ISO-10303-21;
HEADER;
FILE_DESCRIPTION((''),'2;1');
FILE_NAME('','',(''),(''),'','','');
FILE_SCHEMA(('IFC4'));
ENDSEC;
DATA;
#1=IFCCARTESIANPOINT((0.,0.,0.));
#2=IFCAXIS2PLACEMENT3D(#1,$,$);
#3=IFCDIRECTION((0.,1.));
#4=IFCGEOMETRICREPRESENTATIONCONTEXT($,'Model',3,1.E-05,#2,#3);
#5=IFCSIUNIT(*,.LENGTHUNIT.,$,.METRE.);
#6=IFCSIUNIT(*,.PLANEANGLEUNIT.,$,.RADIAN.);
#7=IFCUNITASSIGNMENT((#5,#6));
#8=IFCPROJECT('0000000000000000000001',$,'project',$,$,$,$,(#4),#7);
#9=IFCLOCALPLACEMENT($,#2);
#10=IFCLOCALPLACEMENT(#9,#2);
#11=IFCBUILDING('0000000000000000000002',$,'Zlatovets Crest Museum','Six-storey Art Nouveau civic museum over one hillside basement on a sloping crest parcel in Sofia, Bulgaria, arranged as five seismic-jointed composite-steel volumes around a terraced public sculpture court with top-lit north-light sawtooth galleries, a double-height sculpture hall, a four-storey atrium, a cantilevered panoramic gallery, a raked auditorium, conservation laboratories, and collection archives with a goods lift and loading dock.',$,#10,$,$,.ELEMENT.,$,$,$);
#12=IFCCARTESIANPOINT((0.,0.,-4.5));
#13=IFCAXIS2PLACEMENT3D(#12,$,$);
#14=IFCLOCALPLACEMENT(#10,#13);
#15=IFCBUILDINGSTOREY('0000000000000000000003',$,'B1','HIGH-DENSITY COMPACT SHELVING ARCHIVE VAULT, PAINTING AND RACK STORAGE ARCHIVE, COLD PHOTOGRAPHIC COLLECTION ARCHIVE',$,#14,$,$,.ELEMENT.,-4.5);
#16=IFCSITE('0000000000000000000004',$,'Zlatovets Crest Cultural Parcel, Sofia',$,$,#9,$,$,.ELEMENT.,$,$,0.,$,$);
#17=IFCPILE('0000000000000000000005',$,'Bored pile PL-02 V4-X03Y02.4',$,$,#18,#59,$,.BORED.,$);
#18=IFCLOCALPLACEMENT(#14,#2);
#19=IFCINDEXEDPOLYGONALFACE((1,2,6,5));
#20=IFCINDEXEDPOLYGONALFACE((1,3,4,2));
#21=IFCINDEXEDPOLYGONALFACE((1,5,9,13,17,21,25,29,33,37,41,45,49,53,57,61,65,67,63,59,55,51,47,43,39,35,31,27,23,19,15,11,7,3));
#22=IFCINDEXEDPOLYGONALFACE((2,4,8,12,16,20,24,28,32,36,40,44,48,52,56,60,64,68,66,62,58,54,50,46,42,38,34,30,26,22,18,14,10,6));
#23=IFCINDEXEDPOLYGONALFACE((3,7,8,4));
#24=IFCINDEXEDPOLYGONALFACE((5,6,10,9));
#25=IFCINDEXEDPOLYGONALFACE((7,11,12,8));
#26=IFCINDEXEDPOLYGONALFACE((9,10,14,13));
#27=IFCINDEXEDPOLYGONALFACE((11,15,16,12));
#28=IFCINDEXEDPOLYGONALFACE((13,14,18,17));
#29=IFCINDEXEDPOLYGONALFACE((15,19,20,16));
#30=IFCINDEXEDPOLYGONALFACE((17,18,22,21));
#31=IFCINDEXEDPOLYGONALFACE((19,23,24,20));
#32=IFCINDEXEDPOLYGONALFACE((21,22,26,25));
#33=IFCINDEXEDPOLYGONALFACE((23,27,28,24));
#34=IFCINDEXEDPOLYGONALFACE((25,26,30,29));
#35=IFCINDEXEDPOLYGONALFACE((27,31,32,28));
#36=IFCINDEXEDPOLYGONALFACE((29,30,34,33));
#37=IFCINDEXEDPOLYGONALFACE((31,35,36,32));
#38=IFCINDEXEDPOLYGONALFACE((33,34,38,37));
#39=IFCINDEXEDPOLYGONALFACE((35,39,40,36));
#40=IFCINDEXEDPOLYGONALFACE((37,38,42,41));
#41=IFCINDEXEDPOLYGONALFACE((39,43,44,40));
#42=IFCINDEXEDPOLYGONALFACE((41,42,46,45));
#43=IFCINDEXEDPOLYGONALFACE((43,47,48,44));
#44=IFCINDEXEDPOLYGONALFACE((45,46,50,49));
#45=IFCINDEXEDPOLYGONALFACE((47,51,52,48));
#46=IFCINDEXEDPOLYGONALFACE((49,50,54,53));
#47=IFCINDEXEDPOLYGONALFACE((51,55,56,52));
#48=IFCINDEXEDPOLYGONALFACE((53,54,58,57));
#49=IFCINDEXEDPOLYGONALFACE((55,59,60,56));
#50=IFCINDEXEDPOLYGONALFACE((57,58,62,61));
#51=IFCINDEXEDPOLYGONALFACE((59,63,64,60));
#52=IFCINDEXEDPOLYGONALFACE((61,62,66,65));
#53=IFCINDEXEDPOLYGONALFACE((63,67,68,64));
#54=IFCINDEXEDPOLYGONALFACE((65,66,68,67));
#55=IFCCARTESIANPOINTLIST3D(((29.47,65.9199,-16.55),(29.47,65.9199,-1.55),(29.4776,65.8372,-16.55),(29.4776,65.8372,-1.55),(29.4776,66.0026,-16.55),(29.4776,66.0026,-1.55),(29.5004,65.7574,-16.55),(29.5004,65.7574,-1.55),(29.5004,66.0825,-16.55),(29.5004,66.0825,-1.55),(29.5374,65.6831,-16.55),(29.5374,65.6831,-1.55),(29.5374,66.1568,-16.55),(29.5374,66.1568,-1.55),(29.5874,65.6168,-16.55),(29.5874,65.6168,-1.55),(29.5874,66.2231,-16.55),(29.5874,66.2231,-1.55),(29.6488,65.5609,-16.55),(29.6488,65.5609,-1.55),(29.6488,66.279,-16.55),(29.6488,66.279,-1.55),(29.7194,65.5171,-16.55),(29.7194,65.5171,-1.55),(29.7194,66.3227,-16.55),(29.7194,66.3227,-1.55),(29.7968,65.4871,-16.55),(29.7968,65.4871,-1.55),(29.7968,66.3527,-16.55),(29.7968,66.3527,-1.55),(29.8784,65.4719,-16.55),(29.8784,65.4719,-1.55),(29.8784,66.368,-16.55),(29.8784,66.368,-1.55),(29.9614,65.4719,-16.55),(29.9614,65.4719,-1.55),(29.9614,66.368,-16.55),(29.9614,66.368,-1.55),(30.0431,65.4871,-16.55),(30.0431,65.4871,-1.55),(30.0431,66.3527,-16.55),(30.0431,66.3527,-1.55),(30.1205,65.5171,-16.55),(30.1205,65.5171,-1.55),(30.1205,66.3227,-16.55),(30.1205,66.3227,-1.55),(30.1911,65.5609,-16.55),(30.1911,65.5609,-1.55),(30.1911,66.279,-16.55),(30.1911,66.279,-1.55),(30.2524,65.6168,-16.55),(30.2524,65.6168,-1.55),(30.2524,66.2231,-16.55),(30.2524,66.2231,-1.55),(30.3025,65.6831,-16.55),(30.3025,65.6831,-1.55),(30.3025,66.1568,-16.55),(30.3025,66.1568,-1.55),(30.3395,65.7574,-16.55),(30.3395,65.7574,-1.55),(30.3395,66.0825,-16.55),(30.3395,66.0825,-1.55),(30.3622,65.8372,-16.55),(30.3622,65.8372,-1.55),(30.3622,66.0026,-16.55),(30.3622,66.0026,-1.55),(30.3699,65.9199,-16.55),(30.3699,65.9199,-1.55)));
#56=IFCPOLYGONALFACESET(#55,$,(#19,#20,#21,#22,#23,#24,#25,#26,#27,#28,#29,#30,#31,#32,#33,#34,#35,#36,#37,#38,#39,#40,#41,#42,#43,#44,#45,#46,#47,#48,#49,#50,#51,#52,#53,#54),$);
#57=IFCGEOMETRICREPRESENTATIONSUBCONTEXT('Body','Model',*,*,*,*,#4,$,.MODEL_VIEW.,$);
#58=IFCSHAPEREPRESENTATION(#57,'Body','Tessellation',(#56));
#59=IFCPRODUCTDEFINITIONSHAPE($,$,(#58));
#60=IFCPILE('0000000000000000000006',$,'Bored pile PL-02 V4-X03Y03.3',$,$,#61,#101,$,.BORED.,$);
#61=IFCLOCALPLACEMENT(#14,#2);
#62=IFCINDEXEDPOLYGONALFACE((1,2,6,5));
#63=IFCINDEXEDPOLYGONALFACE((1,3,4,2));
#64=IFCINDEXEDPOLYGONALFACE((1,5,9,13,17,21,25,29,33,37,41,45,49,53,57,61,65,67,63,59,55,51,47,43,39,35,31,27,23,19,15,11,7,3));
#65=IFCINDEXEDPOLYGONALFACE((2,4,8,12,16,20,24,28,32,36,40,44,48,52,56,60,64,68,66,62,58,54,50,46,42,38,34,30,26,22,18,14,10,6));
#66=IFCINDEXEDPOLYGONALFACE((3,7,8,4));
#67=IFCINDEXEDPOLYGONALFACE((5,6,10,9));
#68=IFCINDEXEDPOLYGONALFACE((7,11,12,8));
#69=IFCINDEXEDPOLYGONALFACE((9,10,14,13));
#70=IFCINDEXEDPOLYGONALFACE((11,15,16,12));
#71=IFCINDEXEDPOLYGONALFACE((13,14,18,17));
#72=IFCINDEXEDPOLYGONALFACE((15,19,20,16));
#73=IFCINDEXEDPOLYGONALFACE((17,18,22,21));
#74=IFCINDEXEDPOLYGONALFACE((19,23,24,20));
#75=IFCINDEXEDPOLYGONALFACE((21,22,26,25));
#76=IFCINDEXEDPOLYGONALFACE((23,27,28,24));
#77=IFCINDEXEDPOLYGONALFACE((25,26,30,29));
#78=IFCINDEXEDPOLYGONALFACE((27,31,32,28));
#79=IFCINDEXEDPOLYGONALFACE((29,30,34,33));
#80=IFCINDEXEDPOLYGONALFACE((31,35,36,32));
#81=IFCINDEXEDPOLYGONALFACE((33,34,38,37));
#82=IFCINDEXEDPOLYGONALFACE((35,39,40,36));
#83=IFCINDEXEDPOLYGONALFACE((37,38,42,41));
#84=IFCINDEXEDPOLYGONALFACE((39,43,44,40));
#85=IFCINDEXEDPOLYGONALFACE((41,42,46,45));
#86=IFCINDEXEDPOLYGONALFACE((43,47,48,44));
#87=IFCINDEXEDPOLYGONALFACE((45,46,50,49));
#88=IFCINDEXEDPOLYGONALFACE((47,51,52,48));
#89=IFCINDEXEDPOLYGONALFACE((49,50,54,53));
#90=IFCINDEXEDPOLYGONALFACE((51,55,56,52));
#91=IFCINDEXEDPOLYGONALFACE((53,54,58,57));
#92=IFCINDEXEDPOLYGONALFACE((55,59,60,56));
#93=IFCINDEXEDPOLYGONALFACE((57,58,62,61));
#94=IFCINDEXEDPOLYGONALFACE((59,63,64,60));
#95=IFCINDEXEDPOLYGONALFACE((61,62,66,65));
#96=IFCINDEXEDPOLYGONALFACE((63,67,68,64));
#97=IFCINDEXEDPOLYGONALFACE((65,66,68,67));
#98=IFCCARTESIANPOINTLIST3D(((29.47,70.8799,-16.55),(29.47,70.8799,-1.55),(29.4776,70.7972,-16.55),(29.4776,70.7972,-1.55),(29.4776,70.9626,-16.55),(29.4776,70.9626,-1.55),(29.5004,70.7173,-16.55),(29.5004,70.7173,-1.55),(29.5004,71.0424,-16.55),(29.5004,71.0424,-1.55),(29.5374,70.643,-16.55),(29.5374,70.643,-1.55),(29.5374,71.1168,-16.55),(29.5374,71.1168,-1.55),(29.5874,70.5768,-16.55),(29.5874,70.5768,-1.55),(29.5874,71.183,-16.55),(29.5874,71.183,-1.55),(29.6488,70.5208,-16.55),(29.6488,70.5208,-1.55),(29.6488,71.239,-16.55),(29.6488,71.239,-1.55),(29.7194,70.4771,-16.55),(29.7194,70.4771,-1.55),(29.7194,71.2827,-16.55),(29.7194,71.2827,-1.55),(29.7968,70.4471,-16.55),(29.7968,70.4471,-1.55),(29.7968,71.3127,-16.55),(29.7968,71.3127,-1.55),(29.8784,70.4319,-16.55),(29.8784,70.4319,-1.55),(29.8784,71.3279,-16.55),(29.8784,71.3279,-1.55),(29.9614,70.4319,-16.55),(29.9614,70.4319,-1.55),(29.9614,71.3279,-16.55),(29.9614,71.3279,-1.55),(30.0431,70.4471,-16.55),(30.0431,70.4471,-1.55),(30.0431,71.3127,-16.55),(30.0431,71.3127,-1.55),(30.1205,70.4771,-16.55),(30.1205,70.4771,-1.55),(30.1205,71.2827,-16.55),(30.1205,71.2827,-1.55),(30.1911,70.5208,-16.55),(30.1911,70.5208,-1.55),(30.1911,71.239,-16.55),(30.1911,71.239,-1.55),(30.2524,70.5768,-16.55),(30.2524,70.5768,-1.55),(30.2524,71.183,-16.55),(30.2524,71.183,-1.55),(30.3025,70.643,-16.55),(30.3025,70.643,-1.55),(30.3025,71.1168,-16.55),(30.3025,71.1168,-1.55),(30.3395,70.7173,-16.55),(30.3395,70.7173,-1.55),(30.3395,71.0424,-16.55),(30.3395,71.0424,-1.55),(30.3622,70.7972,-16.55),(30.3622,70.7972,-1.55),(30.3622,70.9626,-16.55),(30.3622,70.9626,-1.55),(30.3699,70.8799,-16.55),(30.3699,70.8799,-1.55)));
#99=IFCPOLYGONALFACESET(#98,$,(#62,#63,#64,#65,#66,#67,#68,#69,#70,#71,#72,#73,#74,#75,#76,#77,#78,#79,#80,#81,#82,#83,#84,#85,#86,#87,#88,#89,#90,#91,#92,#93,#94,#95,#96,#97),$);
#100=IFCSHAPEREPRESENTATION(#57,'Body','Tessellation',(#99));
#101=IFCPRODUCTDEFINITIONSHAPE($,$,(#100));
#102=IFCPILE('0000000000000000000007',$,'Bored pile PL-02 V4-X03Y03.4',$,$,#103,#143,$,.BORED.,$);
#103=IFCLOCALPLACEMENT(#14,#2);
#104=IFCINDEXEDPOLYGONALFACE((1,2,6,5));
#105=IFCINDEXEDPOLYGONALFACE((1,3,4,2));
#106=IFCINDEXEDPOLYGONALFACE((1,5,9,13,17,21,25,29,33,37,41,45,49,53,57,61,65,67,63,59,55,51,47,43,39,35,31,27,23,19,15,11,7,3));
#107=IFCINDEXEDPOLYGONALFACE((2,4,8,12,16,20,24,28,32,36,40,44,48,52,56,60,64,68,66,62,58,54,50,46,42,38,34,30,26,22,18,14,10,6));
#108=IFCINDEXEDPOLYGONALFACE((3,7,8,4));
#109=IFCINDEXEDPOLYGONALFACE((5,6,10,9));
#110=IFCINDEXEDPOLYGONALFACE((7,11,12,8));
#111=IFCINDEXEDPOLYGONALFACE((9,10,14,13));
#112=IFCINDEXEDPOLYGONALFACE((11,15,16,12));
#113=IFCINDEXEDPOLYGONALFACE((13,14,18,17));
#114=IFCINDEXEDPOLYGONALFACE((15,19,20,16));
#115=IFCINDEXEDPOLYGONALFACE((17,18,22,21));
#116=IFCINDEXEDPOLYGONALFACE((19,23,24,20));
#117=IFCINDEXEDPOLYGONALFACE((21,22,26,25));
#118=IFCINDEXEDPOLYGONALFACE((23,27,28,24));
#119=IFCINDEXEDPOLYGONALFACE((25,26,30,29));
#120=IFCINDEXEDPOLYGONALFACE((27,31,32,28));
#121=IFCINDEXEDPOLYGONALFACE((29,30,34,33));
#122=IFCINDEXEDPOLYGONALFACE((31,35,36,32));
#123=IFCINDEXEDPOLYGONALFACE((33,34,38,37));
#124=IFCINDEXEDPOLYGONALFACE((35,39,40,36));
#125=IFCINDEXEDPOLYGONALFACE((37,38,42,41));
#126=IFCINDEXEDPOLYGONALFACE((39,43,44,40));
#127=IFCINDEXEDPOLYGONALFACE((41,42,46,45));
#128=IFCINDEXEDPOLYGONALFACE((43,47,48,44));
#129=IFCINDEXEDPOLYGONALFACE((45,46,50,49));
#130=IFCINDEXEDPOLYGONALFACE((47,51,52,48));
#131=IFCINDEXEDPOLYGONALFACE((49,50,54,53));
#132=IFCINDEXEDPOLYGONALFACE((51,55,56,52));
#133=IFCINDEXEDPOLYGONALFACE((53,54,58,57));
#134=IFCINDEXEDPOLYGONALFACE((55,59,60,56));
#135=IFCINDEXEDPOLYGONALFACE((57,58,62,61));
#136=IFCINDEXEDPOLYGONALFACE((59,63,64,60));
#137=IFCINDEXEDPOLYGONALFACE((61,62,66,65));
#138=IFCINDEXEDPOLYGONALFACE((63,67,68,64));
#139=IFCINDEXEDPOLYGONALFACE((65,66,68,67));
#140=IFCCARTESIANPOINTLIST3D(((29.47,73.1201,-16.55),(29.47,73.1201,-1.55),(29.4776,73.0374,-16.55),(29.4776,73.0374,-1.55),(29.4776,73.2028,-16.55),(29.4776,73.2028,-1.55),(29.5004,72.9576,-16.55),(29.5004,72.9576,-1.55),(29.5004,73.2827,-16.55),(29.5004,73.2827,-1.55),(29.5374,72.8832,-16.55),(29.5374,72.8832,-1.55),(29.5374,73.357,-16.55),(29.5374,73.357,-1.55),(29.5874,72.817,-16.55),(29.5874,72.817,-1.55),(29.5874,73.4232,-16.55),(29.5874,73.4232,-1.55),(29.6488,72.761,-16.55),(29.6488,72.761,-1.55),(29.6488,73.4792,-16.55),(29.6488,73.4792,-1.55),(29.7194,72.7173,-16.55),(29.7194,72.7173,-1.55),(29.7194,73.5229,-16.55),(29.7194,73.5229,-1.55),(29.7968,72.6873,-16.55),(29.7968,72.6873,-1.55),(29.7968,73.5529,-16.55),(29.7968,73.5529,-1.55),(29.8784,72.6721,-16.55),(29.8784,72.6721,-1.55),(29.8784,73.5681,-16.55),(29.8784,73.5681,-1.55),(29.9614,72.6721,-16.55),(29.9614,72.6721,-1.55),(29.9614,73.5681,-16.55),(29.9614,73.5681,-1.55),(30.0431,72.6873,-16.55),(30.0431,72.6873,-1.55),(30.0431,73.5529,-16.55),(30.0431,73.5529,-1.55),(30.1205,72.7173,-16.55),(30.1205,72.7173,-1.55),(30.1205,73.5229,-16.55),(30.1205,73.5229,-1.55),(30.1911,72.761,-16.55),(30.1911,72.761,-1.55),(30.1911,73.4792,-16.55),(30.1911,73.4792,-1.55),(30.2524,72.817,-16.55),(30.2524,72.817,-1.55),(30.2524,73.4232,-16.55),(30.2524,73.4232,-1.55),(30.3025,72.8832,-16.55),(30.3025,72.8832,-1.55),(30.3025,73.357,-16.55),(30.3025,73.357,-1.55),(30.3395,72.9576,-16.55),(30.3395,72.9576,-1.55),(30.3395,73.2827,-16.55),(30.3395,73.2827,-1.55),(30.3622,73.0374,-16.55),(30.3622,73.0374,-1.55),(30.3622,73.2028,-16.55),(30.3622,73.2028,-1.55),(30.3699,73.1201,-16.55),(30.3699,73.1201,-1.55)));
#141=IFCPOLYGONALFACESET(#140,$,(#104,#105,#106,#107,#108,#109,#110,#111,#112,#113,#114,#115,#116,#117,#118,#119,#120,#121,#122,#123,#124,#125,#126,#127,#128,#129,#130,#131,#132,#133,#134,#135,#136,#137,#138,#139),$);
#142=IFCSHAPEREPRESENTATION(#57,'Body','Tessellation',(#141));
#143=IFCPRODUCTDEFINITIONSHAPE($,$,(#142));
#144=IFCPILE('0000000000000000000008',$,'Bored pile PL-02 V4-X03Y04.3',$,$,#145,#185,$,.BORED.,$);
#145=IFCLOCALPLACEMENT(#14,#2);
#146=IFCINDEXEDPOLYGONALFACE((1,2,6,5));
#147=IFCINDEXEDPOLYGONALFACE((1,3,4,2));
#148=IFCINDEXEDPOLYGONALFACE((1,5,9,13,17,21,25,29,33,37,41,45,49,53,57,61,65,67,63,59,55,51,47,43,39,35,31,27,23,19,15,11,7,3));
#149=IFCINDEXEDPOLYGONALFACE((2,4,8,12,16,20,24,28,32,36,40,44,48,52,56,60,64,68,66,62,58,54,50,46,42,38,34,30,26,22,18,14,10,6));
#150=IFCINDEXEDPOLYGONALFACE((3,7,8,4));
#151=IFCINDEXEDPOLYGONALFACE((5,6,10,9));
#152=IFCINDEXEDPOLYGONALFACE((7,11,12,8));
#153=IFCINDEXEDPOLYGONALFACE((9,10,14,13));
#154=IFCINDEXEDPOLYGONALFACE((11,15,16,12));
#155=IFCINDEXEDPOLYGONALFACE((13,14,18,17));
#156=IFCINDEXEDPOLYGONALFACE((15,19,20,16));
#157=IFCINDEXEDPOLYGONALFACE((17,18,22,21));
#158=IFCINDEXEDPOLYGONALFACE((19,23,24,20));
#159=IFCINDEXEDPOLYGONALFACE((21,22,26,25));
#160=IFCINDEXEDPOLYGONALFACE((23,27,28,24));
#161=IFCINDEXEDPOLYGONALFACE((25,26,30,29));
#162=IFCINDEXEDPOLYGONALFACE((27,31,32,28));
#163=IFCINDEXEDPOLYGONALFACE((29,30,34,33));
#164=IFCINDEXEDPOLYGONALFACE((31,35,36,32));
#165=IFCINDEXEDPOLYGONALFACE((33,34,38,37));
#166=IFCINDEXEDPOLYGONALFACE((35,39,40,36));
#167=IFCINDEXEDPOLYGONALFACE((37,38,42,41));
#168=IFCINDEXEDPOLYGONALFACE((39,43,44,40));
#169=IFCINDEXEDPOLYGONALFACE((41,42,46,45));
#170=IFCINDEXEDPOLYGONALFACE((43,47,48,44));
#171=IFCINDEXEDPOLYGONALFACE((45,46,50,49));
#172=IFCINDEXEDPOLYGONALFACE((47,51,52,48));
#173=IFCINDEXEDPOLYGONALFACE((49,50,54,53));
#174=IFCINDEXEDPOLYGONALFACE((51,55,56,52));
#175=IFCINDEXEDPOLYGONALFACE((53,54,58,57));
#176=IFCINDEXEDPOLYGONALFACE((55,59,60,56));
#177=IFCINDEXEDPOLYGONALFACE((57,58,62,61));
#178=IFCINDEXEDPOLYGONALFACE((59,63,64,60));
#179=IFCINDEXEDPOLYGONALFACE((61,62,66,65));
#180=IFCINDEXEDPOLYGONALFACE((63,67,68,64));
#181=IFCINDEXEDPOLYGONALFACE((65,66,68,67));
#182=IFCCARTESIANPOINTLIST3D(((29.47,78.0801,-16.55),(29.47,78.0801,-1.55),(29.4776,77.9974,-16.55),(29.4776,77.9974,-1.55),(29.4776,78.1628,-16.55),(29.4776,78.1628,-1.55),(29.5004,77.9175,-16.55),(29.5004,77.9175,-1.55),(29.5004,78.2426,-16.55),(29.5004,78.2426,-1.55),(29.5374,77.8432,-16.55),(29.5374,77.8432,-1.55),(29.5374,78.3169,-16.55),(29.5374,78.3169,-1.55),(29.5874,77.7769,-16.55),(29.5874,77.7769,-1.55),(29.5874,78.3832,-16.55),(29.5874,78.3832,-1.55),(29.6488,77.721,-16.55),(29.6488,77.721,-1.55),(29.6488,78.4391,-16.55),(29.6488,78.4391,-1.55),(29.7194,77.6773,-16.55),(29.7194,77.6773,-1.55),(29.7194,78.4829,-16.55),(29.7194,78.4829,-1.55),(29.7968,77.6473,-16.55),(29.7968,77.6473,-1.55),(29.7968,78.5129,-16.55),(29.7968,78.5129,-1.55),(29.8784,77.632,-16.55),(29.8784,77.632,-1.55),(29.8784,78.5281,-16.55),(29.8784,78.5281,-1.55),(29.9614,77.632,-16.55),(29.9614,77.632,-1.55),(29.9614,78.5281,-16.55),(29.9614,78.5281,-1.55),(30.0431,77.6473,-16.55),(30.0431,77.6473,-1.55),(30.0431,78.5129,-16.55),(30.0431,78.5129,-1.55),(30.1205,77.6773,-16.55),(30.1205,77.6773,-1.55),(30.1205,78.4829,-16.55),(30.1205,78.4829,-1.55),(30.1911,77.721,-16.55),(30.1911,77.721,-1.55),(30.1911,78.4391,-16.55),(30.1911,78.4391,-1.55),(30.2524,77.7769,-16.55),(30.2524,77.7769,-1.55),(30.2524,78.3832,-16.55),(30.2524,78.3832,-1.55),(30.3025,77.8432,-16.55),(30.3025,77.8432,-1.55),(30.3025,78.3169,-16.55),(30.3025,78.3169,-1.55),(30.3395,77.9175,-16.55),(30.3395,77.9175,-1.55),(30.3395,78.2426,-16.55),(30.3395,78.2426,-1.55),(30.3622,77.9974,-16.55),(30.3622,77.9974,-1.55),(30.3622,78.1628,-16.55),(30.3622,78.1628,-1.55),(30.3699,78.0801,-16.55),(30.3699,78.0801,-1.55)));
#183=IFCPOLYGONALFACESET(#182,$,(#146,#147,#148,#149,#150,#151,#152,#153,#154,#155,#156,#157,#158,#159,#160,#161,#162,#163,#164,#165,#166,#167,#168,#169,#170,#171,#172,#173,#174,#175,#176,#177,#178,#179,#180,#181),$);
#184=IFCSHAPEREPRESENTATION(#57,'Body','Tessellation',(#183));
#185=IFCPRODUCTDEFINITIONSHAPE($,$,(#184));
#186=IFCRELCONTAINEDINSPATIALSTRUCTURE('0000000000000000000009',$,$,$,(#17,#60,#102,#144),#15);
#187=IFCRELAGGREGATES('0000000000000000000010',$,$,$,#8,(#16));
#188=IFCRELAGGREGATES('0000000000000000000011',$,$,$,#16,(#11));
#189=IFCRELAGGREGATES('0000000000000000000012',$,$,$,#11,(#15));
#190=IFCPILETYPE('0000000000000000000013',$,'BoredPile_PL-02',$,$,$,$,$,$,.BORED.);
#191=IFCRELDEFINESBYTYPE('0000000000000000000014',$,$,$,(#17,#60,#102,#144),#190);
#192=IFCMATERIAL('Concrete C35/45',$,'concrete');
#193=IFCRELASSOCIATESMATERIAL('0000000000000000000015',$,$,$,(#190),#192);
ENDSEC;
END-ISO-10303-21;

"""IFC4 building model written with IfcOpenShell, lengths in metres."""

from ifc_helpers import new_model, si_unit, direction, frame, origin, origin_2d, place, context, subcontext, project, spatial, circle, extrude, material, material_profile, profile_set, type_object, element, save


model = new_model("IFC4")

# Units and contexts
model_context = context("Model", 3, precision=1e-05, world=origin(), true_north=direction((0.0, 1.0)))
body_context = subcontext(model_context, "Body", "Model", "MODEL_VIEW")
ifc_project = project(units=[si_unit("LENGTHUNIT", "METRE"), si_unit("PLANEANGLEUNIT", "RADIAN")], contexts=[model_context])

# Site, building, storey
site_placement = place(None, origin())
site = spatial("IfcSite", under=ifc_project, at=site_placement, Name="Zlatovets Crest Cultural Parcel, Sofia", CompositionType="ELEMENT", RefElevation=0.0)
building_placement = place(site_placement, origin())
building = spatial("IfcBuilding", under=site, at=building_placement, Name="Zlatovets Crest Museum", Description="Six-storey Art Nouveau civic museum over one hillside basement on a sloping crest parcel in Sofia, Bulgaria, arranged as five seismic-jointed composite-steel volumes around a terraced public sculpture court with top-lit north-light sawtooth galleries, a double-height sculpture hall, a four-storey atrium, a cantilevered panoramic gallery, a raked auditorium, conservation laboratories, and collection archives with a goods lift and loading dock.", CompositionType="ELEMENT")
storey_placement = place(building_placement, frame((0.0, 0.0, -4.5)))
storey = spatial("IfcBuildingStorey", under=building, at=storey_placement, Name="B1", Description="HIGH-DENSITY COMPACT SHELVING ARCHIVE VAULT, PAINTING AND RACK STORAGE ARCHIVE, COLD PHOTOGRAPHIC COLLECTION ARCHIVE", CompositionType="ELEMENT", Elevation=-4.5)

# Piles
ifc_material_1 = material(Name="Concrete C35/45", Category="concrete")
ifc_material_profile_1 = material_profile(ifc_material_1, circle(Radius=0.45, at=origin_2d()), Name="PILE D900")
ifc_profile_set_1 = profile_set([ifc_material_profile_1], Name="Concrete C35/45")
pile_type = type_object("IfcPileType", Name="BoredPile_PL-02", PredefinedType="BORED", material=ifc_profile_set_1)
for number, where, z_axis, x_axis, name in (
    (1, (29.9199, 65.9199, -1.55), (0.0, 0.0, -1.0), (1.0, 0.0, 0.0), "Bored pile PL-02 V4-X03Y02.4"),
    (2, (29.9199, 70.8799, -1.55), (0.0, 0.0, -1.0), (1.0, 0.0, 0.0), "Bored pile PL-02 V4-X03Y03.3"),
    (3, (29.9199, 73.1201, -1.55), (0.0, 0.0, -1.0), (1.0, 0.0, 0.0), "Bored pile PL-02 V4-X03Y03.4"),
    (4, (29.9199, 78.0801, -1.55), (0.0, 0.0, -1.0), (1.0, 0.0, 0.0), "Bored pile PL-02 V4-X03Y04.3"),
):
    element("IfcPile", number, at=place(storey_placement, frame(where, z_axis=z_axis, x_axis=x_axis)), inside=storey, type_object=pile_type, Name=name, PredefinedType="BORED", context=body_context, shape_type="SweptSolid", body=[
        extrude(circle(Radius=0.45, at=origin_2d()), origin(), (0.0, 0.0, 1.0), 15.0),
    ])

save(model, "model.ifc")
